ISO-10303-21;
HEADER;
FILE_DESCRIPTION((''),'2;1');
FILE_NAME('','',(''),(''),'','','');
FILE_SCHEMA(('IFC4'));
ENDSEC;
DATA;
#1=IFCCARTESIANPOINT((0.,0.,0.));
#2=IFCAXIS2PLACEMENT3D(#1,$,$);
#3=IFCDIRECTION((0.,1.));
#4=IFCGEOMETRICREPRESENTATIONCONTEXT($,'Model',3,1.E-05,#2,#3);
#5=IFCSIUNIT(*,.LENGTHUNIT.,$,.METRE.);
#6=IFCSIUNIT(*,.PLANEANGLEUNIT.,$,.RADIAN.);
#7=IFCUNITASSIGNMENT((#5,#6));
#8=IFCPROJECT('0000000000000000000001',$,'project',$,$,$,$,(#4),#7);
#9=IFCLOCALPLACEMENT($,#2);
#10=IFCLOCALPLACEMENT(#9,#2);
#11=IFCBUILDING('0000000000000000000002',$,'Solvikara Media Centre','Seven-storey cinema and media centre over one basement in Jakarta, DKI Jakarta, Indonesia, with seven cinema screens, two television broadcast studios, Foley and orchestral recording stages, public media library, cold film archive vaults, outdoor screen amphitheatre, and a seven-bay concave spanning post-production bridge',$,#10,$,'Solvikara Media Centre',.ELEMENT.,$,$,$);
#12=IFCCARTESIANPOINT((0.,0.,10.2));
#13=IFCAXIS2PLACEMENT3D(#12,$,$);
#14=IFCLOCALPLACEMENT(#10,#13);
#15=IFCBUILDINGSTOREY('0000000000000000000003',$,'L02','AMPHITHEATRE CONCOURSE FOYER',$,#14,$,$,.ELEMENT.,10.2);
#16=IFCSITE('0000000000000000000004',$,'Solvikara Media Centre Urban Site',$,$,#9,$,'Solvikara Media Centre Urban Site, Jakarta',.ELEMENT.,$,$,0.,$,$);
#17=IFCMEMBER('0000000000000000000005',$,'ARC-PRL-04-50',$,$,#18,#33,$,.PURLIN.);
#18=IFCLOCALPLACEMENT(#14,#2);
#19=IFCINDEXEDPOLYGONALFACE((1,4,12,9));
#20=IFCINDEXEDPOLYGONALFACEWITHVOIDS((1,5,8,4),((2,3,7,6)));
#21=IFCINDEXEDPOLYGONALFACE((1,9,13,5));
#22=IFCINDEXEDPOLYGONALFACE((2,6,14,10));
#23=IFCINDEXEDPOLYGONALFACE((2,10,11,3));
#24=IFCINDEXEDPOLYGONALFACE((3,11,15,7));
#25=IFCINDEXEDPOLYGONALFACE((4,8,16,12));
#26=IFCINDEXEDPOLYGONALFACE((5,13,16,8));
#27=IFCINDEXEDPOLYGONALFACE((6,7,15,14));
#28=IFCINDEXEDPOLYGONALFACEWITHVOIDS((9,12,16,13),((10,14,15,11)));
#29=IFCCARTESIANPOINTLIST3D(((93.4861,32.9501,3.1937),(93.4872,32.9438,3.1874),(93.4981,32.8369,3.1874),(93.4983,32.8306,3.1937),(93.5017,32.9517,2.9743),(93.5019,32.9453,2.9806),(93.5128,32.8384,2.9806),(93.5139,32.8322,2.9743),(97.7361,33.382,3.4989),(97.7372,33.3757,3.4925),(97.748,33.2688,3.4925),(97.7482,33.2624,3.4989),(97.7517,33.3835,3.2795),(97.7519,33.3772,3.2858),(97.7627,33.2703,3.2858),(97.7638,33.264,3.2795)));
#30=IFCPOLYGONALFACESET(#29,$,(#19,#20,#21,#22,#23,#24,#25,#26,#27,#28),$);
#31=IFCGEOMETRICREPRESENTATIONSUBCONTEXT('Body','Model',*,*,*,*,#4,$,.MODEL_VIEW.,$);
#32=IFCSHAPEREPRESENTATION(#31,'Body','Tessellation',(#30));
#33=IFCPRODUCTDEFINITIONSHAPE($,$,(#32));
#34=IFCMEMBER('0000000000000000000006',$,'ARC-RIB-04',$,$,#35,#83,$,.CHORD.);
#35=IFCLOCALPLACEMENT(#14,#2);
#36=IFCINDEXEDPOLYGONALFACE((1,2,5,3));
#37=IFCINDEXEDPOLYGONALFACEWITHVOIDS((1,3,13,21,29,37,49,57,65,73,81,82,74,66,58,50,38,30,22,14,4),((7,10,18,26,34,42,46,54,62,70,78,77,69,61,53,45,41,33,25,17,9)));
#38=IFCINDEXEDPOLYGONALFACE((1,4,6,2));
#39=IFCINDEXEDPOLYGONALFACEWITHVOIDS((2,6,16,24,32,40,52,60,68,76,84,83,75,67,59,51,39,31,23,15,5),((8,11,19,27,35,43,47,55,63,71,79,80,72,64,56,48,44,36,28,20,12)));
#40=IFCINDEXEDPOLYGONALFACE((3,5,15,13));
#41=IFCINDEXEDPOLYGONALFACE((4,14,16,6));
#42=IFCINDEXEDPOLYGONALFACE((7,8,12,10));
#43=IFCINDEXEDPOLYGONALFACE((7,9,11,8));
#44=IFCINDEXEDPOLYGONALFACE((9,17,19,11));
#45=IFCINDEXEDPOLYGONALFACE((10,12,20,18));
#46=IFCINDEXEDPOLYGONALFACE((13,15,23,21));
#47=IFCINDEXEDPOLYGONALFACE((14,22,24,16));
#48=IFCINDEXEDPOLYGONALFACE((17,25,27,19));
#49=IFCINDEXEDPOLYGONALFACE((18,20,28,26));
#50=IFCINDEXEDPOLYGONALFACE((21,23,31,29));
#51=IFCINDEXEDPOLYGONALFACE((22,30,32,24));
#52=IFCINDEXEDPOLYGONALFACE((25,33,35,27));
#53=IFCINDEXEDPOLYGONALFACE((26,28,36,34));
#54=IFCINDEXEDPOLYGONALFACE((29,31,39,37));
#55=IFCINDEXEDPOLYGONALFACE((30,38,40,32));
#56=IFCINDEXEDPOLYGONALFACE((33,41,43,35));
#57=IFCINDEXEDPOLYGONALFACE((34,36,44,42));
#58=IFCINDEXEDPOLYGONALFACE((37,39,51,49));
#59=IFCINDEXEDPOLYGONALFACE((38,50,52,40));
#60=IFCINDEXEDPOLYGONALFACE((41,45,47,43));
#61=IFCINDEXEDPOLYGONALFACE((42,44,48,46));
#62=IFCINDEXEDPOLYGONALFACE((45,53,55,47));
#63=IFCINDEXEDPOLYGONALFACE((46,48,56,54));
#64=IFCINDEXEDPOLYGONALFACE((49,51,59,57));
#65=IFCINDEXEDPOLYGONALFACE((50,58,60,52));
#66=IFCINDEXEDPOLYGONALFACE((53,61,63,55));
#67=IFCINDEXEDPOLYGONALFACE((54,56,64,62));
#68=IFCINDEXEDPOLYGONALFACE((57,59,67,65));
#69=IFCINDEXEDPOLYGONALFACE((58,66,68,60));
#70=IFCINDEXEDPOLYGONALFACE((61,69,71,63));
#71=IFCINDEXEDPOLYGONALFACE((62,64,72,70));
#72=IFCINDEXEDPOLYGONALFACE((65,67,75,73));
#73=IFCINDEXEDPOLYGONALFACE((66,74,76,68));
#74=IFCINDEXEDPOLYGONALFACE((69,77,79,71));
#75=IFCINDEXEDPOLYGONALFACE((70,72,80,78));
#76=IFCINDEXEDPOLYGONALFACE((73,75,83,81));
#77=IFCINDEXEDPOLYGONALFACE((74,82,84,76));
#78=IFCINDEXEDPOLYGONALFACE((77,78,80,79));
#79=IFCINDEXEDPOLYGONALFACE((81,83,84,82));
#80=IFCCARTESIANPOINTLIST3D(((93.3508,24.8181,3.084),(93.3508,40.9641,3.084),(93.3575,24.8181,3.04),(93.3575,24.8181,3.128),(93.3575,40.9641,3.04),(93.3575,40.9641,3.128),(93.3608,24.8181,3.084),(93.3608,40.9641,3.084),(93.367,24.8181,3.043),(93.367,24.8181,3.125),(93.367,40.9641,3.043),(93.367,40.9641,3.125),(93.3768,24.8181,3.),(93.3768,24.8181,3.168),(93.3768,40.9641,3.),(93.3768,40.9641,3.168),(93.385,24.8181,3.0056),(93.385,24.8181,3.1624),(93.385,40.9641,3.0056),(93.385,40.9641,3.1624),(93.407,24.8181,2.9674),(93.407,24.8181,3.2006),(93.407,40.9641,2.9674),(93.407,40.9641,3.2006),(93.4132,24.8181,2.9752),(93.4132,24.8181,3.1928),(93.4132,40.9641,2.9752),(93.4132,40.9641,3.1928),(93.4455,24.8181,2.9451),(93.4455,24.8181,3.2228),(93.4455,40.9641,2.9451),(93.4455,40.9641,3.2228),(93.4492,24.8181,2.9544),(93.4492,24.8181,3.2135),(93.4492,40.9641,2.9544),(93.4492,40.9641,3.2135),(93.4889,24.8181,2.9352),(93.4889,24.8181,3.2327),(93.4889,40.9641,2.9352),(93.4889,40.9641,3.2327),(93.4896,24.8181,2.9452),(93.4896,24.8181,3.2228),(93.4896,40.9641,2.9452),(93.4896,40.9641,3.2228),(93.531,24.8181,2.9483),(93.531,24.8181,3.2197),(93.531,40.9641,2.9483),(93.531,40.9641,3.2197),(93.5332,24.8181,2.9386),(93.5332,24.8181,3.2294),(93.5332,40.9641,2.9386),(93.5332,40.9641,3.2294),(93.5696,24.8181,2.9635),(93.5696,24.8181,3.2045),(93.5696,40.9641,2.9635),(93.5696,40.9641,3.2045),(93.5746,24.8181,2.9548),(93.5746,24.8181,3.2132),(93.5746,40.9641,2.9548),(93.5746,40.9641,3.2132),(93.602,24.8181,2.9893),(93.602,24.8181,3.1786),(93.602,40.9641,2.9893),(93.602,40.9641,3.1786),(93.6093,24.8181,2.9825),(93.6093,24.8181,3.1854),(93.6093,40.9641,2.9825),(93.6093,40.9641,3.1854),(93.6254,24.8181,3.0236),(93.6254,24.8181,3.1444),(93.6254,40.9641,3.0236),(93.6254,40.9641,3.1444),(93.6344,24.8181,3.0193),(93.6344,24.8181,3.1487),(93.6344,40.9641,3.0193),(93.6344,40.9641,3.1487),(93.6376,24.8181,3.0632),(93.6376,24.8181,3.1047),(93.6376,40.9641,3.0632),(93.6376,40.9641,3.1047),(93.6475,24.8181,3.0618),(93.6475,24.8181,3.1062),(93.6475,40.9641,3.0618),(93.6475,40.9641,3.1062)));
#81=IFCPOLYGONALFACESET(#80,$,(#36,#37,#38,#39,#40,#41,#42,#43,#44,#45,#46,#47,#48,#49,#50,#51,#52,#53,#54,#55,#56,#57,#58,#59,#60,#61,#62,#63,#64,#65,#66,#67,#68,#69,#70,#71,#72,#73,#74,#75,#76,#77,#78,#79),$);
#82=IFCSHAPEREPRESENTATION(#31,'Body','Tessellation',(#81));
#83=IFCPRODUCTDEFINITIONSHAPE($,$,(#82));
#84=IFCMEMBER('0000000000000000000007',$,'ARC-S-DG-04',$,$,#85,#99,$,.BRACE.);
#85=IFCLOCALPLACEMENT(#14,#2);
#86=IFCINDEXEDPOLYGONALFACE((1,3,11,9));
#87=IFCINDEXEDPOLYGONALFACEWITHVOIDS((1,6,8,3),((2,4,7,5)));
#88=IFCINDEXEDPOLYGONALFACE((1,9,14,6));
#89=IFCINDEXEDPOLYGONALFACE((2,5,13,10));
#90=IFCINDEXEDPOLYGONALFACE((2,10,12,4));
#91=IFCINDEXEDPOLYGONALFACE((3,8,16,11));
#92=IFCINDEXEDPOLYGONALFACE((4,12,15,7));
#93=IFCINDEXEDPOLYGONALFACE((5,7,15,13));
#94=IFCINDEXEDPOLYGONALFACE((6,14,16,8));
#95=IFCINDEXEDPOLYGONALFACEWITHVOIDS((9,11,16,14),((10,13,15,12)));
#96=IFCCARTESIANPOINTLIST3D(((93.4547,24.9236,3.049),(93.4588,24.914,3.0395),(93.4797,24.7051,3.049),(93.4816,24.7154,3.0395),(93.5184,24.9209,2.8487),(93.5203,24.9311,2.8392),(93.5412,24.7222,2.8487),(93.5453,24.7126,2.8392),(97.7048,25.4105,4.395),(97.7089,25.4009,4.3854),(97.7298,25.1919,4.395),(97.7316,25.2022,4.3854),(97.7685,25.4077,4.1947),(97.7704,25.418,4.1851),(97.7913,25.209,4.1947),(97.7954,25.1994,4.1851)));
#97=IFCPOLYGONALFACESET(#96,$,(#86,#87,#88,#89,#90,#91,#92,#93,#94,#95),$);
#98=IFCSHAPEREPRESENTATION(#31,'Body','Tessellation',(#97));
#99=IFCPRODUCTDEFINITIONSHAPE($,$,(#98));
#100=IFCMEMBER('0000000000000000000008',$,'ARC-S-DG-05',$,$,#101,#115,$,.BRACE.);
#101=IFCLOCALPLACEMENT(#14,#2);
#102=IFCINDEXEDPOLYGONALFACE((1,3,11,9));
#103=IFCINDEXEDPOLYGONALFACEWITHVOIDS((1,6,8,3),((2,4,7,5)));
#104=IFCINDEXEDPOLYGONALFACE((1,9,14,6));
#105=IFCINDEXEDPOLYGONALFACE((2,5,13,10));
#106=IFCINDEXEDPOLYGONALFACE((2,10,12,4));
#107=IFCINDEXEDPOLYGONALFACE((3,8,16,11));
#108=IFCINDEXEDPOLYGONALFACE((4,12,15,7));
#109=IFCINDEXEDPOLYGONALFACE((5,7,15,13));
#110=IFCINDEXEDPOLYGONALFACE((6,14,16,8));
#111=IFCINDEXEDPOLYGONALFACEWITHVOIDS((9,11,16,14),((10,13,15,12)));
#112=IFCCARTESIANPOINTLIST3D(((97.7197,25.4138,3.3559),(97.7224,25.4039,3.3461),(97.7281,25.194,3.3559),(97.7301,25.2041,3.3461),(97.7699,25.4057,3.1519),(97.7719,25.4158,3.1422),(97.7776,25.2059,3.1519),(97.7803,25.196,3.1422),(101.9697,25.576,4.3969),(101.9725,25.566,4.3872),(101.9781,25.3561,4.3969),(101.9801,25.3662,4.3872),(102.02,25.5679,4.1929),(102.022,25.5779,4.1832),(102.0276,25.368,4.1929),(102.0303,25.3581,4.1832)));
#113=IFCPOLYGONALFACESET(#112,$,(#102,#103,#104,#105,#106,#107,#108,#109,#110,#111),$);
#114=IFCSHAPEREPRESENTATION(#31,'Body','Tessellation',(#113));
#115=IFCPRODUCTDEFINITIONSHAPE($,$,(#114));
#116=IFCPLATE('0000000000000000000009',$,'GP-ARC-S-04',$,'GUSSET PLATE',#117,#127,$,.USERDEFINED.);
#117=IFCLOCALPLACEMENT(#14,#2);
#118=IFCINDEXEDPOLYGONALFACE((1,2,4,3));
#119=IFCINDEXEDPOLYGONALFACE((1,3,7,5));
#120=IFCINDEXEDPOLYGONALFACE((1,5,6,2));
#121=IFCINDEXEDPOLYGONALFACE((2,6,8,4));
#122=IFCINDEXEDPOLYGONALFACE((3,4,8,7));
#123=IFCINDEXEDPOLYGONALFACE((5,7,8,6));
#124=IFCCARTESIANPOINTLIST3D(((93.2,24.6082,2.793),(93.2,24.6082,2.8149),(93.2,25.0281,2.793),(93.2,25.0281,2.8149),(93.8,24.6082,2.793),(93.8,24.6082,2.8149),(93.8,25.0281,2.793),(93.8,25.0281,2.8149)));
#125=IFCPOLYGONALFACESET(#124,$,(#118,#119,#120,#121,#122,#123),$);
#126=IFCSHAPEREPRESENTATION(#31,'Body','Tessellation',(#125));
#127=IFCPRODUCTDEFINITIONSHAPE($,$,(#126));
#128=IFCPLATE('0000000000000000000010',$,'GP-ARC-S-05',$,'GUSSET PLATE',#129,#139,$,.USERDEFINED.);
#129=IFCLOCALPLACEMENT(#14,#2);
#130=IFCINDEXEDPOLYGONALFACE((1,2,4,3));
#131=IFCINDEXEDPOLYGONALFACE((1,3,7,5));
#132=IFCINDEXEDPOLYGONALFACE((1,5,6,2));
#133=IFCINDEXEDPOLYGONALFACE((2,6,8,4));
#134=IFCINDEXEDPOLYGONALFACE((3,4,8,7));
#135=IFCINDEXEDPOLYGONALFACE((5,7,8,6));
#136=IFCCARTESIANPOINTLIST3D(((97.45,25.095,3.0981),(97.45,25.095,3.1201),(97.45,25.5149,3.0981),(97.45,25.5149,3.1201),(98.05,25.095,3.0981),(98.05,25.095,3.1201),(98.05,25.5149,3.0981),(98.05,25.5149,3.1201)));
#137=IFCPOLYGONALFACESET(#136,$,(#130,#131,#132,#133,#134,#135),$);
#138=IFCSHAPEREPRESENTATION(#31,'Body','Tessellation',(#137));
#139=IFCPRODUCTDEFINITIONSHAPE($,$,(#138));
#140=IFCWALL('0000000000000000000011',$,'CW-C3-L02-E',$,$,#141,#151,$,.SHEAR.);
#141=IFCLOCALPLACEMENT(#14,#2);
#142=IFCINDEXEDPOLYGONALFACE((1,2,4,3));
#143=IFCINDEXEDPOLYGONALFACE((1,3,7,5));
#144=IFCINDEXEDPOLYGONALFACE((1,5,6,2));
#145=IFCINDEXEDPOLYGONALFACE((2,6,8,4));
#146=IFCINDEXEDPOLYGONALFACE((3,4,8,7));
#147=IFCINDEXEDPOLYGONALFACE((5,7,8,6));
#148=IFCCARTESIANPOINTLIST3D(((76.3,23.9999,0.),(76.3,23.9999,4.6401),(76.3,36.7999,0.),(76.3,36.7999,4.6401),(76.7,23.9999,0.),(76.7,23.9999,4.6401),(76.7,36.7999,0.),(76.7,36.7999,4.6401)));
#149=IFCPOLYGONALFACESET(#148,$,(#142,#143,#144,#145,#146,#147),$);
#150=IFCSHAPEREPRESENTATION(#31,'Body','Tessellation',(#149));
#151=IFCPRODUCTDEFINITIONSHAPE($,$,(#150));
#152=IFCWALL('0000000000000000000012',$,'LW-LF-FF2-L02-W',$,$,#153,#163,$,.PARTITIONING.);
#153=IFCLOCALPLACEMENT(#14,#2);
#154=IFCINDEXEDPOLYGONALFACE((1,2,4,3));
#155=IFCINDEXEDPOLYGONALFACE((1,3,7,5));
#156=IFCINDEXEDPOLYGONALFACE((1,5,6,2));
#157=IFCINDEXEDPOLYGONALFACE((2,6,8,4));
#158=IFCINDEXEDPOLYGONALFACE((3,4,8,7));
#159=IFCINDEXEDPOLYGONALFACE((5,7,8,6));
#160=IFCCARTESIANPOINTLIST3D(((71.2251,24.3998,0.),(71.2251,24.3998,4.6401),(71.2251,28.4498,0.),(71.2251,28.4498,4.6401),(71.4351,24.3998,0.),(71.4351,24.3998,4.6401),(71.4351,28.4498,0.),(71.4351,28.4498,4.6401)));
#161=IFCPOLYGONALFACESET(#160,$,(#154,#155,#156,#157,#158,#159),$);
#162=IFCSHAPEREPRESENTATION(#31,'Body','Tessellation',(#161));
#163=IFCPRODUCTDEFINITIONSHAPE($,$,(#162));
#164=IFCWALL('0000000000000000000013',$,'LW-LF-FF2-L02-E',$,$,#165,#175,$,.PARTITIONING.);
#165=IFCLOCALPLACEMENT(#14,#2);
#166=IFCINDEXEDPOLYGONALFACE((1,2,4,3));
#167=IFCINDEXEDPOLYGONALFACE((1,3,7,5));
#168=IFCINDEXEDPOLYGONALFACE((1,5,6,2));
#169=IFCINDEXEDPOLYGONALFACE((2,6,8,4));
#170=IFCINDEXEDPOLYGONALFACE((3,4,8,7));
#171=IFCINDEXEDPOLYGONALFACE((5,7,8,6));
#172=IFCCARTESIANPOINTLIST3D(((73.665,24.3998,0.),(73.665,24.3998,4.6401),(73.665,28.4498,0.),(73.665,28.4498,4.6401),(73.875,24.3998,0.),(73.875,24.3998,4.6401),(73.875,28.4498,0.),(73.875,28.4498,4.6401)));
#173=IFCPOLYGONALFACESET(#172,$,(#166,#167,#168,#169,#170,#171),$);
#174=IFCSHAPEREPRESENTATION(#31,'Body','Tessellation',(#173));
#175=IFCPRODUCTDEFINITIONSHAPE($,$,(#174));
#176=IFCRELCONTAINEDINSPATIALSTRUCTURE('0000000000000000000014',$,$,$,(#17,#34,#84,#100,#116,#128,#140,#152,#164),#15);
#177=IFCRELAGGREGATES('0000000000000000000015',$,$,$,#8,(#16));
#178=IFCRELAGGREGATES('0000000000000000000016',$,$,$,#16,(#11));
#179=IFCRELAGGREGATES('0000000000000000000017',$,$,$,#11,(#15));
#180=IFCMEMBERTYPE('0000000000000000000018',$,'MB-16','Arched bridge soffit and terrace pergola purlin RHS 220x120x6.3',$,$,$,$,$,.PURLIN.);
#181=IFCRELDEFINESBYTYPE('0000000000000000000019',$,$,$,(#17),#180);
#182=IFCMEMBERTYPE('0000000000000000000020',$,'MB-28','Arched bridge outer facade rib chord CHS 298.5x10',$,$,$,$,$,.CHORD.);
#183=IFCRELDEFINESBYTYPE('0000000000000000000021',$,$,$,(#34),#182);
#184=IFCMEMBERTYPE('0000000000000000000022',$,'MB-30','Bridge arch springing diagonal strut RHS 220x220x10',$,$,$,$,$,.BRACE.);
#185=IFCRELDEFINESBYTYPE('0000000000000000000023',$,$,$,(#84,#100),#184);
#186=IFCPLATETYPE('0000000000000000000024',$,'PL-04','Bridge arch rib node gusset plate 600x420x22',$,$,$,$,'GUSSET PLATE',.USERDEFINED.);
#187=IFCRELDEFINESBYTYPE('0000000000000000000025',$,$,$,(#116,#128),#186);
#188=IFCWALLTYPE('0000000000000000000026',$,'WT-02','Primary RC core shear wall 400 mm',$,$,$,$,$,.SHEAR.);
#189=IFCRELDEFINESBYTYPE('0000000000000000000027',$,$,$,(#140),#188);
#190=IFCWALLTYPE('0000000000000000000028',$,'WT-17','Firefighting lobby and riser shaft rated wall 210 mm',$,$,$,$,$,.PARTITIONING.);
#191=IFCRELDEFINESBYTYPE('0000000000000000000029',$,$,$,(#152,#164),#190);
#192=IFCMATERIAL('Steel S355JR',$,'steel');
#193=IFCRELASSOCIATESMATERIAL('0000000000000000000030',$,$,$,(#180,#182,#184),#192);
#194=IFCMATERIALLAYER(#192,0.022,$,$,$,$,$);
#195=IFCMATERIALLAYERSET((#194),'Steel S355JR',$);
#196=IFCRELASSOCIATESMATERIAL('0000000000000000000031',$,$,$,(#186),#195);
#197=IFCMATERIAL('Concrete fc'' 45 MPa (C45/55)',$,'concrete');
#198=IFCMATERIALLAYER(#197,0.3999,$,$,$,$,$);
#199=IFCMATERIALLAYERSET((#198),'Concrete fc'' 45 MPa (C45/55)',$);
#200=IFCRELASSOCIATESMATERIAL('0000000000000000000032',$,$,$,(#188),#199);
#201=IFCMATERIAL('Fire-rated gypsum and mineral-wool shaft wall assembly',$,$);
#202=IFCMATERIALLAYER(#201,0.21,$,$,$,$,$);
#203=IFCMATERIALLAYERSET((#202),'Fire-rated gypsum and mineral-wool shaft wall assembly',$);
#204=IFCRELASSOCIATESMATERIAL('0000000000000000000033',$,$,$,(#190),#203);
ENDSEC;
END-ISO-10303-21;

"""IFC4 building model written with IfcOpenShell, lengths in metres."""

from ifc_helpers import new_model, si_unit, direction, frame, frame_2d, origin, origin_2d, place, context, subcontext, project, spatial, rectangle, hollow_rectangle, hollow_circle, extrude, material, layer, layer_set, material_profile, profile_set, type_object, element, save


model = new_model("IFC4")

# Units and contexts
model_context = context("Model", 3, precision=1e-05, world=origin(), true_north=direction((0.0, 1.0)))
body_context = subcontext(model_context, "Body", "Model", "MODEL_VIEW")
ifc_project = project(units=[si_unit("LENGTHUNIT", "METRE"), si_unit("PLANEANGLEUNIT", "RADIAN")], contexts=[model_context])

# Site, building, storey
site_placement = place(None, origin())
site = spatial("IfcSite", under=ifc_project, at=site_placement, Name="Solvikara Media Centre Urban Site", LongName="Solvikara Media Centre Urban Site, Jakarta", CompositionType="ELEMENT", RefElevation=0.0)
building_placement = place(site_placement, origin())
building = spatial("IfcBuilding", under=site, at=building_placement, Name="Solvikara Media Centre", Description="Seven-storey cinema and media centre over one basement in Jakarta, DKI Jakarta, Indonesia, with seven cinema screens, two television broadcast studios, Foley and orchestral recording stages, public media library, cold film archive vaults, outdoor screen amphitheatre, and a seven-bay concave spanning post-production bridge", LongName="Solvikara Media Centre", CompositionType="ELEMENT")
storey_placement = place(building_placement, frame((0.0, 0.0, 10.2)))
storey = spatial("IfcBuildingStorey", under=building, at=storey_placement, Name="L02", Description="AMPHITHEATRE CONCOURSE FOYER", CompositionType="ELEMENT", Elevation=10.2)

# Shared definitions
ifc_material_1 = material(Name="Concrete fc' 45 MPa (C45/55)", Category="concrete")

# Members
ifc_material_2 = material(Name="Steel S355JR", Category="steel")
ifc_material_profile_1 = material_profile(ifc_material_2, hollow_rectangle(XDim=0.1201, YDim=0.22, WallThickness=0.0063, at=origin_2d()), Name="RHS 220x120x6.3")
ifc_profile_set_1 = profile_set([ifc_material_profile_1], Name="Steel S355JR")
member_type_1 = type_object("IfcMemberType", Name="MB-16", Description="Arched bridge soffit and terrace pergola purlin RHS 220x120x6.3", PredefinedType="PURLIN", material=ifc_profile_set_1)
member_1_placement = place(storey_placement, frame((93.5, 32.8911, 3.084), z_axis=(0.992347, 0.100842, 0.071257), x_axis=(-0.101099, 0.994876, 0.0)))
element("IfcMember", 1, at=member_1_placement, inside=storey, type_object=member_type_1, Name="ARC-PRL-04-50", PredefinedType="PURLIN", context=body_context, shape_type="SweptSolid", body=[
    extrude(hollow_rectangle(XDim=0.1201, YDim=0.22, WallThickness=0.0063, at=origin_2d()), origin(), (0.0, 0.0, 1.0), 4.2827),
])
ifc_material_profile_2 = material_profile(ifc_material_2, hollow_circle(Radius=0.1492, WallThickness=0.01, at=origin_2d()), Name="CHS 298.5x10")
ifc_profile_set_2 = profile_set([ifc_material_profile_2], Name="Steel S355JR")
member_type_2 = type_object("IfcMemberType", Name="MB-28", Description="Arched bridge outer facade rib chord CHS 298.5x10", PredefinedType="CHORD", material=ifc_profile_set_2)
member_2_placement = place(storey_placement, frame((93.5, 24.8181, 3.084), z_axis=(0.0, 1.0, 0.0), x_axis=(-1.0, 0.0, 0.0)))
element("IfcMember", 2, at=member_2_placement, inside=storey, type_object=member_type_2, Name="ARC-RIB-04", PredefinedType="CHORD", context=body_context, shape_type="SweptSolid", body=[
    extrude(hollow_circle(Radius=0.1492, WallThickness=0.01, at=origin_2d()), origin(), (0.0, 0.0, 1.0), 16.146),
])
ifc_material_profile_3 = material_profile(ifc_material_2, hollow_rectangle(XDim=0.22, YDim=0.22, WallThickness=0.01, at=origin_2d()), Name="RHS 220x220x10")
ifc_profile_set_3 = profile_set([ifc_material_profile_3], Name="Steel S355JR")
member_type_3 = type_object("IfcMemberType", Name="MB-30", Description="Bridge arch springing diagonal strut RHS 220x220x10", PredefinedType="BRACE", material=ifc_profile_set_3)
member_3_placement = place(storey_placement, frame((93.5, 24.8181, 2.9441), z_axis=(0.947701, 0.108554, 0.300131), x_axis=(-0.113801, 0.993504, 0.0)))
element("IfcMember", 3, at=member_3_placement, inside=storey, type_object=member_type_3, Name="ARC-S-DG-04", PredefinedType="BRACE", context=body_context, shape_type="SweptSolid", body=[
    extrude(hollow_rectangle(XDim=0.22, YDim=0.22, WallThickness=0.01, at=origin_2d()), origin(), (0.0, 0.0, 1.0), 4.4846),
])
member_4_placement = place(storey_placement, frame((97.75, 25.3049, 3.249), z_axis=(0.970621, 0.037023, 0.237749), x_axis=(-0.038116, 0.999273, 0.0)))
element("IfcMember", 4, at=member_4_placement, inside=storey, type_object=member_type_3, Name="ARC-S-DG-05", PredefinedType="BRACE", context=body_context, shape_type="SweptSolid", body=[
    extrude(hollow_rectangle(XDim=0.22, YDim=0.22, WallThickness=0.01, at=origin_2d()), origin(), (0.0, 0.0, 1.0), 4.3787),
])

# Plates
ifc_layer_1 = layer(ifc_material_2, 0.022)
ifc_layer_set_1 = layer_set([ifc_layer_1], Name="Steel S355JR")
plate_type = type_object("IfcPlateType", Name="PL-04", Description="Bridge arch rib node gusset plate 600x420x22", ElementType="GUSSET PLATE", PredefinedType="USERDEFINED", material=ifc_layer_set_1)
for number, where, z_axis, x_axis, name in (
    (5, (93.5, 24.8181, 2.793), (0.0, 0.0, 1.0), (1.0, 0.0, 0.0), "GP-ARC-S-04"),
    (6, (97.75, 25.3049, 3.0981), (0.0, 0.0, 1.0), (1.0, 0.0, 0.0), "GP-ARC-S-05"),
):
    element("IfcPlate", number, at=place(storey_placement, frame(where, z_axis=z_axis, x_axis=x_axis)), inside=storey, type_object=plate_type, Name=name, ObjectType="GUSSET PLATE", PredefinedType="USERDEFINED", context=body_context, shape_type="SweptSolid", body=[
        extrude(rectangle(XDim=0.6001, YDim=0.4199, at=origin_2d()), origin(), (0.0, 0.0, 1.0), 0.022),
    ])

# Walls
ifc_layer_2 = layer(ifc_material_1, 0.3999)
ifc_layer_set_2 = layer_set([ifc_layer_2], Name="Concrete fc' 45 MPa (C45/55)")
wall_type_1 = type_object("IfcWallType", Name="WT-02", Description="Primary RC core shear wall 400 mm", PredefinedType="SHEAR", material=ifc_layer_set_2)
wall_1_placement = place(storey_placement, frame((76.5, 24.0, 0.0), z_axis=(0.0, 0.0, 1.0), x_axis=(0.0, 1.0, 0.0)))
element("IfcWall", 7, at=wall_1_placement, inside=storey, type_object=wall_type_1, Name="CW-C3-L02-E", PredefinedType="SHEAR", context=body_context, shape_type="SweptSolid", body=[
    extrude(rectangle(XDim=12.8, YDim=0.3999, at=frame_2d((6.3999, 0.0))), origin(), (0.0, 0.0, 1.0), 4.6401),
])
ifc_material_3 = material(Name="Fire-rated gypsum and mineral-wool shaft wall assembly")
ifc_layer_3 = layer(ifc_material_3, 0.21)
ifc_layer_set_3 = layer_set([ifc_layer_3], Name="Fire-rated gypsum and mineral-wool shaft wall assembly")
wall_type_2 = type_object("IfcWallType", Name="WT-17", Description="Firefighting lobby and riser shaft rated wall 210 mm", PredefinedType="PARTITIONING", material=ifc_layer_set_3)
for number, where, z_axis, x_axis, name in (
    (8, (71.3301, 24.3999, 0.0), (0.0, 0.0, 1.0), (0.0, 1.0, 0.0), "LW-LF-FF2-L02-W"),
    (9, (73.77, 24.3999, 0.0), (0.0, 0.0, 1.0), (0.0, 1.0, 0.0), "LW-LF-FF2-L02-E"),
):
    element("IfcWall", number, at=place(storey_placement, frame(where, z_axis=z_axis, x_axis=x_axis)), inside=storey, type_object=wall_type_2, Name=name, PredefinedType="PARTITIONING", context=body_context, shape_type="SweptSolid", body=[
        extrude(rectangle(XDim=4.05, YDim=0.21, at=frame_2d((2.0249, 0.0))), origin(), (0.0, 0.0, 1.0), 4.6401),
    ])

save(model, "model.ifc")
